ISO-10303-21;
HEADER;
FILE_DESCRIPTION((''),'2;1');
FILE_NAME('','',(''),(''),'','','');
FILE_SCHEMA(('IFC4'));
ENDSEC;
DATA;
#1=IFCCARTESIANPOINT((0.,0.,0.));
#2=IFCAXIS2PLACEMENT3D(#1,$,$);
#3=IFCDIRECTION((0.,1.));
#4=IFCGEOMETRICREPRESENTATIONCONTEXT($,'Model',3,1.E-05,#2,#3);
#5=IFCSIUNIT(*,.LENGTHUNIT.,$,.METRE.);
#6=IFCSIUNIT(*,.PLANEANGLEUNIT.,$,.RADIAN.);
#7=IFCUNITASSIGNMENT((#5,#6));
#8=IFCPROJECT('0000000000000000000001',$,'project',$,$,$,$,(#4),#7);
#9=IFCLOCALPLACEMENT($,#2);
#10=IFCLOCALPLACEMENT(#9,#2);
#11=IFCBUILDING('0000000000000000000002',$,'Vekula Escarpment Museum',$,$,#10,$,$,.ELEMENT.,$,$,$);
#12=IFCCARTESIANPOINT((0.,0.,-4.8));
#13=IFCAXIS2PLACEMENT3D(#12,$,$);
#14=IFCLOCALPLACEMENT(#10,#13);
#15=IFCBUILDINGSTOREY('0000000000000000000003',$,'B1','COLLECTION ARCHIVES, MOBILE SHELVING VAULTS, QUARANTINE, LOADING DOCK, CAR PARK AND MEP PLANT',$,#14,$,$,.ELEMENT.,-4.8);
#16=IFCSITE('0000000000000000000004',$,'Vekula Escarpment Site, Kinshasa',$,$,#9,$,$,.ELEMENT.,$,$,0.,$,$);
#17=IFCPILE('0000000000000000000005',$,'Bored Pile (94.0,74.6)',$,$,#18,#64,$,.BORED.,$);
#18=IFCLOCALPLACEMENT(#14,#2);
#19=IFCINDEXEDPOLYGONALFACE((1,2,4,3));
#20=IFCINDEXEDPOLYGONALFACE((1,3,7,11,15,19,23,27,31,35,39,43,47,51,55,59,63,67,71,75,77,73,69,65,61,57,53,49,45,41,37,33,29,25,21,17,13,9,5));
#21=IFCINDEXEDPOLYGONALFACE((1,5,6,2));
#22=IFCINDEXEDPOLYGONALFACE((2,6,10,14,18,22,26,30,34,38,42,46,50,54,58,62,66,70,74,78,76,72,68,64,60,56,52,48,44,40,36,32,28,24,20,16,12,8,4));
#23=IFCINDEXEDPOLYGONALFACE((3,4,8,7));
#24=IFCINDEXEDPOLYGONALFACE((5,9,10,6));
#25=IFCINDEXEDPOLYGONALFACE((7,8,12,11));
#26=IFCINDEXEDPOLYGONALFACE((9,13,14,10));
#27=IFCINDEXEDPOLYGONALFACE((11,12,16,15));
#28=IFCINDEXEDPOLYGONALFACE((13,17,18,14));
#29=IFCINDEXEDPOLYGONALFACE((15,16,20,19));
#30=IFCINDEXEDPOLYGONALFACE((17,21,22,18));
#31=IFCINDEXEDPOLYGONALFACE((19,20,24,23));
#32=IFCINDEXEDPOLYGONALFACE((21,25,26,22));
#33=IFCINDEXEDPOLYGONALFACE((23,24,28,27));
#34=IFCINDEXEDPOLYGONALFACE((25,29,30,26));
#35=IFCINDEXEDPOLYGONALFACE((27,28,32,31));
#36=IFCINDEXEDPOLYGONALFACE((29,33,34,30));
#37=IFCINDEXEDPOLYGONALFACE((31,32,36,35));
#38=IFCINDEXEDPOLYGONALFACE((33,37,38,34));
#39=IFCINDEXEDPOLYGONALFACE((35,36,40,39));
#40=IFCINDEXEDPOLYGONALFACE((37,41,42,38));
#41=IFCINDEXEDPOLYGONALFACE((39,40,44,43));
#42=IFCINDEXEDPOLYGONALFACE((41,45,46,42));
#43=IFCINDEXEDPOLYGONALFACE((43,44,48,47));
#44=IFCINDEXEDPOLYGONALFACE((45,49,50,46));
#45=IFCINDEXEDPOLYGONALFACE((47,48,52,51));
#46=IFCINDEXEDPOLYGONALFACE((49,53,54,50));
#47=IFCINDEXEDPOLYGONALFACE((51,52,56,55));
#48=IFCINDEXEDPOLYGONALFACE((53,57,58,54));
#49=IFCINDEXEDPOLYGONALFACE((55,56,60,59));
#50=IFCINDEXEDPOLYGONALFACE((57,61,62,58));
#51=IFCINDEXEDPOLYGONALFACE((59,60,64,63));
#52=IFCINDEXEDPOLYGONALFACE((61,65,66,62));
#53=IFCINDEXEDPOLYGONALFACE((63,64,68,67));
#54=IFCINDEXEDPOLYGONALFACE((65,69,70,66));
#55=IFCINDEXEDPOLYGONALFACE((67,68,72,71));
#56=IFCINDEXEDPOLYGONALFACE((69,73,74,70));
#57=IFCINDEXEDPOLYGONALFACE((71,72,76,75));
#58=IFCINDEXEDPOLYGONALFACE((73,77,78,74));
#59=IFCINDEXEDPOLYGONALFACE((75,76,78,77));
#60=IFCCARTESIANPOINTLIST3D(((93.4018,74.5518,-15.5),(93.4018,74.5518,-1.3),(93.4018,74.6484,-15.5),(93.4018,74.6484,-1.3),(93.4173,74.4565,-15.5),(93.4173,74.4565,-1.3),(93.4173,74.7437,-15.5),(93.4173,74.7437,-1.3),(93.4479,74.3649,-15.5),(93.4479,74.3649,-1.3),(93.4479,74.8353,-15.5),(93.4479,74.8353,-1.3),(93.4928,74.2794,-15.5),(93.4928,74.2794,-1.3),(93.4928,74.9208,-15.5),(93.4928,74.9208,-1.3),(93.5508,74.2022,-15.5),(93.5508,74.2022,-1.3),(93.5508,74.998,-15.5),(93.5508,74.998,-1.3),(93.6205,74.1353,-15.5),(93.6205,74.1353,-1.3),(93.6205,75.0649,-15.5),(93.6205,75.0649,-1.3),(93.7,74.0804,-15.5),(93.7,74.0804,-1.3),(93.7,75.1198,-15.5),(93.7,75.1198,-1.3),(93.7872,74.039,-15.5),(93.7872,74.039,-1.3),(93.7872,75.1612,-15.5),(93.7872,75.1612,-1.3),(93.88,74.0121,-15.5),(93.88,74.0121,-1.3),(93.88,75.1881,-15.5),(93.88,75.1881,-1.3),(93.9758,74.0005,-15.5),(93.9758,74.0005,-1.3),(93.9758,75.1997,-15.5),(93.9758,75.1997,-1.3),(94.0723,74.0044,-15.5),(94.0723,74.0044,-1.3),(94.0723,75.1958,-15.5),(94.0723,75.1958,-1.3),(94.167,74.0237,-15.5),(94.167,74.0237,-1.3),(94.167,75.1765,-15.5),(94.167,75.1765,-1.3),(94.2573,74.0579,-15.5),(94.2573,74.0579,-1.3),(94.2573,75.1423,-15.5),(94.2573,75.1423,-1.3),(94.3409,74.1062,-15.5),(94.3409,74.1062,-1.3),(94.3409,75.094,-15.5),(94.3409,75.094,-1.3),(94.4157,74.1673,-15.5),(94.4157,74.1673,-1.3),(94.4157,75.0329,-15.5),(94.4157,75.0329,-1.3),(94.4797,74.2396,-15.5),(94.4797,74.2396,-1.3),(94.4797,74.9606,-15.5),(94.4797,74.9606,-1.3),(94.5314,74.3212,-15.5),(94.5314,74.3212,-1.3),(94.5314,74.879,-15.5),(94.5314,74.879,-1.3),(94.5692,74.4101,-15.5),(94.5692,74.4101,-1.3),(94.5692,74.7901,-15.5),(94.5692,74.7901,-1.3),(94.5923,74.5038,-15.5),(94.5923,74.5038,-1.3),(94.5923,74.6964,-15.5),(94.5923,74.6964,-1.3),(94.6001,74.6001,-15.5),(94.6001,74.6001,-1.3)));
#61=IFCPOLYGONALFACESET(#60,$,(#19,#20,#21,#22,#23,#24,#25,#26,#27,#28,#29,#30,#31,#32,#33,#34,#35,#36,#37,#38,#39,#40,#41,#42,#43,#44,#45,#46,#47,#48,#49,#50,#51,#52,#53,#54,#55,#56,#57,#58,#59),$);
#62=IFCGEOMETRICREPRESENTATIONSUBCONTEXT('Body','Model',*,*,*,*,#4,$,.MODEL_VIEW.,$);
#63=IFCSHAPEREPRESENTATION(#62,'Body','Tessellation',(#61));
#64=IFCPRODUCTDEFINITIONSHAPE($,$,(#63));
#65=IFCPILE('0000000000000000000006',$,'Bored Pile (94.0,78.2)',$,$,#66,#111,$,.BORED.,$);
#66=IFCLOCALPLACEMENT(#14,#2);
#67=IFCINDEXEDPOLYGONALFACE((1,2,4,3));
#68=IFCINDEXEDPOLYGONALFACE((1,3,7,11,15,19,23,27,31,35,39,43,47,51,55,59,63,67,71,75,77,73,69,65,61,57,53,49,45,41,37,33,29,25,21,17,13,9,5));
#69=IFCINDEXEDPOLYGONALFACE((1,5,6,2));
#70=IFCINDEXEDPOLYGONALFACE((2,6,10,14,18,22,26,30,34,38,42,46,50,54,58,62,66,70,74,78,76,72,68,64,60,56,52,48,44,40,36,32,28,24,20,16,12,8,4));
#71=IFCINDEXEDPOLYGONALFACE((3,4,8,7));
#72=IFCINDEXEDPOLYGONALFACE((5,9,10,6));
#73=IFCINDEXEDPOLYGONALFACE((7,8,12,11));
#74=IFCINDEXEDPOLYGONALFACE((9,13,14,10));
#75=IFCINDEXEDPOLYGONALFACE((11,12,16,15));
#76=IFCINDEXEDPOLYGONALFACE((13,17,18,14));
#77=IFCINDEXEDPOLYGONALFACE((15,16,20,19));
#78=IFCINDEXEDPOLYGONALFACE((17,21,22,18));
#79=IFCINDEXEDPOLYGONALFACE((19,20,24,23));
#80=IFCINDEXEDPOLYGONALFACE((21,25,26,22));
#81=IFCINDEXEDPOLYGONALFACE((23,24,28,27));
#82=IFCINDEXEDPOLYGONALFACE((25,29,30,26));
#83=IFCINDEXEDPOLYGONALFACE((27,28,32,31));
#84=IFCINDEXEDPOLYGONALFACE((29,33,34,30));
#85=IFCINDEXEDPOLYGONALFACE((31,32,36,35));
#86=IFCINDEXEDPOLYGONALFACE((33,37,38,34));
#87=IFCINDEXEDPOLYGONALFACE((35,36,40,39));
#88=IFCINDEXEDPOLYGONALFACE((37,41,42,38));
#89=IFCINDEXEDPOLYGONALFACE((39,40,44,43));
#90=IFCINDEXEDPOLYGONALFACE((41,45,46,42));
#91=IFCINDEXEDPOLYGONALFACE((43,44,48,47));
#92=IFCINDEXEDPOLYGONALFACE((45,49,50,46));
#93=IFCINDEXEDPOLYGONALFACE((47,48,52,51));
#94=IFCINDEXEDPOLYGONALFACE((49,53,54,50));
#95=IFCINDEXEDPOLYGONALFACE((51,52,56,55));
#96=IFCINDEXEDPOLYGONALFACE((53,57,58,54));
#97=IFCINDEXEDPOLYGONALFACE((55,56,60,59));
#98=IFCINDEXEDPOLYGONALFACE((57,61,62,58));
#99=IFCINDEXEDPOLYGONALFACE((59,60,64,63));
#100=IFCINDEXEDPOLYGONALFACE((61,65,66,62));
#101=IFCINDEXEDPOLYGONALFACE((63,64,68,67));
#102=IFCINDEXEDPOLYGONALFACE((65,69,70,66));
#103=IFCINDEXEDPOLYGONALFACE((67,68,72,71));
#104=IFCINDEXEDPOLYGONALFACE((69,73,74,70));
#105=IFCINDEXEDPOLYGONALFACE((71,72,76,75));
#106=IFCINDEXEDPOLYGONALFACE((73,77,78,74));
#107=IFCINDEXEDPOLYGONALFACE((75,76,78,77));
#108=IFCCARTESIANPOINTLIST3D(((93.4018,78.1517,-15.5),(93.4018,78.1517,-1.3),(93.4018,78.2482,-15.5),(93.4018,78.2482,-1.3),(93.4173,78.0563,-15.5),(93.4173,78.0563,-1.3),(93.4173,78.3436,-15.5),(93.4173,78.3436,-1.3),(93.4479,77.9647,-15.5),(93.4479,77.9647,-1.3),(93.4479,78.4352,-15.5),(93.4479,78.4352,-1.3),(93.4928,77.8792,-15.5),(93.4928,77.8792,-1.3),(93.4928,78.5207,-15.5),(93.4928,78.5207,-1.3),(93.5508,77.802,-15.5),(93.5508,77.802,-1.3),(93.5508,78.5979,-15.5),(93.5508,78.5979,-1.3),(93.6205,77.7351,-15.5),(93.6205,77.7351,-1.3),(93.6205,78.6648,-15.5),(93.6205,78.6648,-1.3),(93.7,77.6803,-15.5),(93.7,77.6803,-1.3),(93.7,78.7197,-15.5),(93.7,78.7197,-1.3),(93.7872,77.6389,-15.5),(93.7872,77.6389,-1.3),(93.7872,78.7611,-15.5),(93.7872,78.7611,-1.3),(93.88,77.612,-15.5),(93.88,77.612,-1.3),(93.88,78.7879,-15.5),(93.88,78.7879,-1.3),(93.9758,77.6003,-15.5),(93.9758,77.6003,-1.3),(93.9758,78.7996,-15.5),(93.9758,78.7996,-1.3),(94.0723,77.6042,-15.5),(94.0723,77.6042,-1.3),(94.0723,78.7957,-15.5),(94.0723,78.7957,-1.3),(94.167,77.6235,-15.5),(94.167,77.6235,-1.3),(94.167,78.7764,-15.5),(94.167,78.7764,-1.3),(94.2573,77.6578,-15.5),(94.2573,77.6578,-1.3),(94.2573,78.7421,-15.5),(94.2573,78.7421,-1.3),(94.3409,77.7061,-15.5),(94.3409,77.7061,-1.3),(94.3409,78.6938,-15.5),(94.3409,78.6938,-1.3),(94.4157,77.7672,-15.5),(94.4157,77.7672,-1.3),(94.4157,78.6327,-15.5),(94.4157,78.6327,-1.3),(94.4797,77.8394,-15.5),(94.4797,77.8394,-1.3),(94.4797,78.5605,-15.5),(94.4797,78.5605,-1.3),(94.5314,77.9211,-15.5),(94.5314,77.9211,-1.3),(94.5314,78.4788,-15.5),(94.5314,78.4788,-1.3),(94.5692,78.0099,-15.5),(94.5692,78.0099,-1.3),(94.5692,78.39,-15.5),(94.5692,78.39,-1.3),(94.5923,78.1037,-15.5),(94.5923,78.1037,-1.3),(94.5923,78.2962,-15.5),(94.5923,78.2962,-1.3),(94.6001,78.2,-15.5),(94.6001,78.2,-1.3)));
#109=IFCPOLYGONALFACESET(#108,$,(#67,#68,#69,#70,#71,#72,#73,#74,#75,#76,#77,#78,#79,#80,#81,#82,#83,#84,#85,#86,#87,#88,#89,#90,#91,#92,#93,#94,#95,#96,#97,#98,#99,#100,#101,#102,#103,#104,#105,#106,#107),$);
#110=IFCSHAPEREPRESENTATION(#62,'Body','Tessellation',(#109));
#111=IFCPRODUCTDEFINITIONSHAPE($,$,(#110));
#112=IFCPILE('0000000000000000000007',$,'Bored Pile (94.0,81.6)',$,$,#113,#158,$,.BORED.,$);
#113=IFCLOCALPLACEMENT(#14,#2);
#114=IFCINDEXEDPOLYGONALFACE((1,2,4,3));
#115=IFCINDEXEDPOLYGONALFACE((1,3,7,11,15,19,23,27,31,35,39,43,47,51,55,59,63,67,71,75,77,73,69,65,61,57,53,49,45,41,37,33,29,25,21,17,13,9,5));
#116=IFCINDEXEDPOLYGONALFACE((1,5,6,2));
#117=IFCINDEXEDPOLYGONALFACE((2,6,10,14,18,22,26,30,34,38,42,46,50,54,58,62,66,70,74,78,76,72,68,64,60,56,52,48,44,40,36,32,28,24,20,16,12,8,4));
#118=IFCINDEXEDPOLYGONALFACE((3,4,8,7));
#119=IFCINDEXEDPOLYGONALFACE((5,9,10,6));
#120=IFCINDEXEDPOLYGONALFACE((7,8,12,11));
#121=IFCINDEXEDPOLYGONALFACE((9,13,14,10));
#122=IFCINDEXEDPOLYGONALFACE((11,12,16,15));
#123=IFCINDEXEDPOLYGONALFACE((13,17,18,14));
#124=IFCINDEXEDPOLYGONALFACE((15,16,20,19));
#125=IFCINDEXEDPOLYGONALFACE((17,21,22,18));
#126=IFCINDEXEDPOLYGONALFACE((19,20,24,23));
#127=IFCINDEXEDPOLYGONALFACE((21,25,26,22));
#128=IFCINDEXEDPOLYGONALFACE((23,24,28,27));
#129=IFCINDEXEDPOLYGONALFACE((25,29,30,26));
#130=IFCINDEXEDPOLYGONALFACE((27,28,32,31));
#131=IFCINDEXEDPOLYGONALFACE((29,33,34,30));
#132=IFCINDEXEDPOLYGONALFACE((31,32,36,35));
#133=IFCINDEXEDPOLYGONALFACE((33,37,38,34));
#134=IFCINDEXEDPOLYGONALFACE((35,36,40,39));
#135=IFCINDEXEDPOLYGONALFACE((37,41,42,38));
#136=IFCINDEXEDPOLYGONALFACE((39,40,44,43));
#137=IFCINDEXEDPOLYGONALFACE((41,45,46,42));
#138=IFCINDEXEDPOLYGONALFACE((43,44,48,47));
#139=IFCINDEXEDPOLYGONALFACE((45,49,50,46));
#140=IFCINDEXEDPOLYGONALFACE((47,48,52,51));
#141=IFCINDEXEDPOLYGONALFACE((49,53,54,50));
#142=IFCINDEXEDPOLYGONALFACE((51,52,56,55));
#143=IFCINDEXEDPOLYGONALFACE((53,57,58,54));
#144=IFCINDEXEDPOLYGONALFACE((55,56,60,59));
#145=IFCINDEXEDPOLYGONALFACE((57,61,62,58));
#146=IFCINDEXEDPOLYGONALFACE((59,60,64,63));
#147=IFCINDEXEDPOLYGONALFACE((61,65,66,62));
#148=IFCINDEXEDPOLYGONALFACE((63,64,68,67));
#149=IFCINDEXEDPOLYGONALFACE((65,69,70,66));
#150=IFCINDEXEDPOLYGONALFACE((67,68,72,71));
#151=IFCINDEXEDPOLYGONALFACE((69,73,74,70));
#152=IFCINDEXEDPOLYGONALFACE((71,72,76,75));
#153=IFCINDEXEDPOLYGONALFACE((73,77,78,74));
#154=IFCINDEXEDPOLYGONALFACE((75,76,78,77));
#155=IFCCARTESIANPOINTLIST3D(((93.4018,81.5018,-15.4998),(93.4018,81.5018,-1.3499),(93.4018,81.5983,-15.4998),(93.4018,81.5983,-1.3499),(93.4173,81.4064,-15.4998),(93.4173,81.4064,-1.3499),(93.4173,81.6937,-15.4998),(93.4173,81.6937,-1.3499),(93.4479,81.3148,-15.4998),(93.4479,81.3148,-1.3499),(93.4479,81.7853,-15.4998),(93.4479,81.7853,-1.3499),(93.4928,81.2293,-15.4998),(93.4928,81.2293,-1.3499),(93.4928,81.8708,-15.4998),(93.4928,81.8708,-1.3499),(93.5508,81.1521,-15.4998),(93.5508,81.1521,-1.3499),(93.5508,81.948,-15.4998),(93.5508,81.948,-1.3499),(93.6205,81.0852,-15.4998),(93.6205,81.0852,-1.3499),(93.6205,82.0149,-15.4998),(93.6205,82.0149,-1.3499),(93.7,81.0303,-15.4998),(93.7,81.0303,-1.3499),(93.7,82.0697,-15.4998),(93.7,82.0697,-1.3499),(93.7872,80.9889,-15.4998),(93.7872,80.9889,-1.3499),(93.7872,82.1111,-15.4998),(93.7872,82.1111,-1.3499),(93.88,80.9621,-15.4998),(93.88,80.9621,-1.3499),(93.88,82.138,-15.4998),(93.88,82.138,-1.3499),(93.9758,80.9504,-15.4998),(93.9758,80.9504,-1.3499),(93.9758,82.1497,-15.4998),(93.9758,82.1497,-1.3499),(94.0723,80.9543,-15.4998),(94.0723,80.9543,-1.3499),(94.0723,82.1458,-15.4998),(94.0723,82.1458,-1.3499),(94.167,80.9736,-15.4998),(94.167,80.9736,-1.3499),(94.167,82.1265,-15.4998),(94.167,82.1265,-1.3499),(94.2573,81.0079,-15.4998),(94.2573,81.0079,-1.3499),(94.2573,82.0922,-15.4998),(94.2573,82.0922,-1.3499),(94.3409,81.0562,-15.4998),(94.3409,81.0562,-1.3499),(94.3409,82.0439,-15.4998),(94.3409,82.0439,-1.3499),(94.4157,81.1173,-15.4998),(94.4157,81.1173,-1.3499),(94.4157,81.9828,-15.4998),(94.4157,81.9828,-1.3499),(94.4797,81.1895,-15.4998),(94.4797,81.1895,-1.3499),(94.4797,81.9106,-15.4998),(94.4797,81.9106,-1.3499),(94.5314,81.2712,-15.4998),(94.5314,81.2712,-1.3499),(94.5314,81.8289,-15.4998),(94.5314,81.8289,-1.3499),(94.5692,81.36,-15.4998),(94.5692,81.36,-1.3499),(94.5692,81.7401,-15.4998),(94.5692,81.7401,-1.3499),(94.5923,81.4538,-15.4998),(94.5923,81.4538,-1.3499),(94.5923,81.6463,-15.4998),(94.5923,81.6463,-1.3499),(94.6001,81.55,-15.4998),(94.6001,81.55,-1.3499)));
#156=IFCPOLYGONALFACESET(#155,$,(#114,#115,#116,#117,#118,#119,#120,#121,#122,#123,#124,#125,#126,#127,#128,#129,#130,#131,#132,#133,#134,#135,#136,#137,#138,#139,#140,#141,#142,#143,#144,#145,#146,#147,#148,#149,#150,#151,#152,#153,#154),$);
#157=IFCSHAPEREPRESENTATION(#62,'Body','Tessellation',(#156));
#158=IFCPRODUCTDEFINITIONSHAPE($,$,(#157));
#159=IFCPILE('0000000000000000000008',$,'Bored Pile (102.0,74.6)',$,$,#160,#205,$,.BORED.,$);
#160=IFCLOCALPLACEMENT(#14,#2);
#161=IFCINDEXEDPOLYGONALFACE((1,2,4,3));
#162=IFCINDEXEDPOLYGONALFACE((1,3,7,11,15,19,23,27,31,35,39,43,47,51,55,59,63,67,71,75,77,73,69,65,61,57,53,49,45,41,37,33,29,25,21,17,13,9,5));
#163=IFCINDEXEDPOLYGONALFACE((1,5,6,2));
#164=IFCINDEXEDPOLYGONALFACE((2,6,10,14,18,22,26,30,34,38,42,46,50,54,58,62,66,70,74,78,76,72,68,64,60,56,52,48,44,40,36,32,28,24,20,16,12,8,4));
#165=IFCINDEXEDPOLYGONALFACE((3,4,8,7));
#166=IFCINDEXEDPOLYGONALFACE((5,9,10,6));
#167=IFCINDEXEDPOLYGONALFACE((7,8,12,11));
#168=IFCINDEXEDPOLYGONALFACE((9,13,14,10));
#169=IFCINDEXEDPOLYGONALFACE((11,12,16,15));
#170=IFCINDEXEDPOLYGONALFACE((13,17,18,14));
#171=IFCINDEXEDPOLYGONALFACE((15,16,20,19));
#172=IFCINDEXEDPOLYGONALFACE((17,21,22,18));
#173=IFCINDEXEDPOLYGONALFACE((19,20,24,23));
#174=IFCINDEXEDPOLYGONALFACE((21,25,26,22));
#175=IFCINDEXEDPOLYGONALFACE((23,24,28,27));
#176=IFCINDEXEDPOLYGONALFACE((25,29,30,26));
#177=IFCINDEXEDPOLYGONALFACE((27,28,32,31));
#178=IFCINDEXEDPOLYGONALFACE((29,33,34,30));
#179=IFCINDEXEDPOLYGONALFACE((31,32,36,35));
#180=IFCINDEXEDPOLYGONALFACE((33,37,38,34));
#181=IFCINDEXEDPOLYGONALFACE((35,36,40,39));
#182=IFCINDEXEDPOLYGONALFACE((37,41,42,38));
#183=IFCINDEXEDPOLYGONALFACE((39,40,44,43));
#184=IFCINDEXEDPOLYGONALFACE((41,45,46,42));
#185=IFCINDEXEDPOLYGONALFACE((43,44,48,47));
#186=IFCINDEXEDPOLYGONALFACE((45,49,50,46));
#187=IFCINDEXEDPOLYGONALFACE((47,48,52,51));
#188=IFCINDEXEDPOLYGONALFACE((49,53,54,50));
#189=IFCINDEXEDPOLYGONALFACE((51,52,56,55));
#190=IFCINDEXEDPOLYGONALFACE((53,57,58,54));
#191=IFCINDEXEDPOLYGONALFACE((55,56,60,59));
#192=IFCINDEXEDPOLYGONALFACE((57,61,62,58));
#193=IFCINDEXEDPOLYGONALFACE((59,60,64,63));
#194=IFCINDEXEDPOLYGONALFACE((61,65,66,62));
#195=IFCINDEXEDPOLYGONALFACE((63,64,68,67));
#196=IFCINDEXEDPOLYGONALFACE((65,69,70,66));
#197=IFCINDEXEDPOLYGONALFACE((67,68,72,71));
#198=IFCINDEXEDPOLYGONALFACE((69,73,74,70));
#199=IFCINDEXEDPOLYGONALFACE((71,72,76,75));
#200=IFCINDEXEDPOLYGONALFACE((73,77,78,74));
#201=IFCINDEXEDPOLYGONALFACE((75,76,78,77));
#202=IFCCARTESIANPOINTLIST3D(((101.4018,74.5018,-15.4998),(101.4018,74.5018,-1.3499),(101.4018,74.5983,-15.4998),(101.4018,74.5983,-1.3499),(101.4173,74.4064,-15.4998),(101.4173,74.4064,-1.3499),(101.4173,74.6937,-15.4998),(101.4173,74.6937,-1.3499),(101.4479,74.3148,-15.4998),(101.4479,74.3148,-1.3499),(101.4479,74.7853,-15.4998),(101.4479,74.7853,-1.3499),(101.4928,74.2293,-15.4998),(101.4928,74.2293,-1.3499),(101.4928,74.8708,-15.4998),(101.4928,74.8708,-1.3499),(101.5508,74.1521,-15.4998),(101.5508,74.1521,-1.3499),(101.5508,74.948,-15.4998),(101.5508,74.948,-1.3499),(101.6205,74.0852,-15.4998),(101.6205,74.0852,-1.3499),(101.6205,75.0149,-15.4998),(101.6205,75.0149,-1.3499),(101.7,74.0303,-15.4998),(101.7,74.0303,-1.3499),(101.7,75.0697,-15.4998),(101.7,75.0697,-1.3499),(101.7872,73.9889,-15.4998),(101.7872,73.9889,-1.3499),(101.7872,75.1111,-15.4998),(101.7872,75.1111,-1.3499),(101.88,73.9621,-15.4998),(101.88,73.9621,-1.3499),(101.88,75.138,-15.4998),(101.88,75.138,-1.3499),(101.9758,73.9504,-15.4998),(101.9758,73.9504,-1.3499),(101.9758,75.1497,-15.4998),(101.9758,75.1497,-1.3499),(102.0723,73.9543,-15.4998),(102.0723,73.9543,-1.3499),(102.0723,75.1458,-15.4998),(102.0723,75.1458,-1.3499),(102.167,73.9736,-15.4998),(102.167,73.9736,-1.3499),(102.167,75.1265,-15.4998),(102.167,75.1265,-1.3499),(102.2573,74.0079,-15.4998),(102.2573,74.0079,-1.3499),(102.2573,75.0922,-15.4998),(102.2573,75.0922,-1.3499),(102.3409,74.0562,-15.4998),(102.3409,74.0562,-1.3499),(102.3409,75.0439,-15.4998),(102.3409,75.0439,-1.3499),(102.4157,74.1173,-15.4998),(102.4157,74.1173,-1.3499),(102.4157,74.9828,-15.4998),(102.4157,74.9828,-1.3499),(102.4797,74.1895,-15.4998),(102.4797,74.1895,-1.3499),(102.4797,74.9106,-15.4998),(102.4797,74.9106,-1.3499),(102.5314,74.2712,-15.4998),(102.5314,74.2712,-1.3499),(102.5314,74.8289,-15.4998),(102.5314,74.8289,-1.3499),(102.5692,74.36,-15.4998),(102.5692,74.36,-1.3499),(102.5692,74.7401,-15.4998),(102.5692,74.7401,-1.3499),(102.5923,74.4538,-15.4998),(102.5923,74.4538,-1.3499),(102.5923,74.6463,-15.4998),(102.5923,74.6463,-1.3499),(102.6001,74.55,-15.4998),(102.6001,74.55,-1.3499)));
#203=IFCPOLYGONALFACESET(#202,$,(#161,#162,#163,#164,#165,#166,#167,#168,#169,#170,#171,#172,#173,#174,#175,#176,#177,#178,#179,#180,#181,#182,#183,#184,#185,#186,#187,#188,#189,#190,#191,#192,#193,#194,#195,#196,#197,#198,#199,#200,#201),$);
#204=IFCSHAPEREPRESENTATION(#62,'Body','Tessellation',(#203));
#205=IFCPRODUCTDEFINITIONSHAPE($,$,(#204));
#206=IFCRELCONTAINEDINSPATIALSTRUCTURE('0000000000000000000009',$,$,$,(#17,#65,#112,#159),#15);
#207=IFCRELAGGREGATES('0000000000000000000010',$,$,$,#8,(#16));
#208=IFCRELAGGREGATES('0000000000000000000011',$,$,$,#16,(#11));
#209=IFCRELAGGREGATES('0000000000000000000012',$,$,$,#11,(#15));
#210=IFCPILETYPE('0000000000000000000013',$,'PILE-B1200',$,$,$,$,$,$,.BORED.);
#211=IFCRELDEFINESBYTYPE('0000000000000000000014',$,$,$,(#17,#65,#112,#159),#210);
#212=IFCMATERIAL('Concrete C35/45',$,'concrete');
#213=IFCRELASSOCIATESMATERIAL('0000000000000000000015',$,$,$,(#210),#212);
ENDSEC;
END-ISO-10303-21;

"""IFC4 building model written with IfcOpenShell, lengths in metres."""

from ifc_helpers import new_model, si_unit, direction, frame, origin, origin_2d, place, context, subcontext, project, spatial, circle, extrude, material, material_profile, profile_set, type_object, element, save


model = new_model("IFC4")

# Units and contexts
model_context = context("Model", 3, precision=1e-05, world=origin(), true_north=direction((0.0, 1.0)))
body_context = subcontext(model_context, "Body", "Model", "MODEL_VIEW")
ifc_project = project(units=[si_unit("LENGTHUNIT", "METRE"), si_unit("PLANEANGLEUNIT", "RADIAN")], contexts=[model_context])

# Site, building, storey
site_placement = place(None, origin())
site = spatial("IfcSite", under=ifc_project, at=site_placement, Name="Vekula Escarpment Site, Kinshasa", CompositionType="ELEMENT", RefElevation=0.0)
building_placement = place(site_placement, origin())
building = spatial("IfcBuilding", under=site, at=building_placement, Name="Vekula Escarpment Museum", CompositionType="ELEMENT")
storey_placement = place(building_placement, frame((0.0, 0.0, -4.8)))
storey = spatial("IfcBuildingStorey", under=building, at=storey_placement, Name="B1", Description="COLLECTION ARCHIVES, MOBILE SHELVING VAULTS, QUARANTINE, LOADING DOCK, CAR PARK AND MEP PLANT", CompositionType="ELEMENT", Elevation=-4.8)

# Piles
ifc_material_1 = material(Name="Concrete C35/45", Category="concrete")
ifc_material_profile_1 = material_profile(ifc_material_1, circle(Radius=0.6001, at=origin_2d()), Name="BORED PILE 1200")
ifc_profile_set_1 = profile_set([ifc_material_profile_1], Name="Concrete C35/45")
pile_type = type_object("IfcPileType", Name="PILE-B1200", PredefinedType="BORED", material=ifc_profile_set_1)
for number, where, z_axis, x_axis, name in (
    (1, (94.0, 74.6001, -1.3), (0.0, 0.0, -1.0), (1.0, 0.0, 0.0), "Bored Pile (94.0,74.6)"),
    (2, (94.0, 78.2, -1.3), (0.0, 0.0, -1.0), (1.0, 0.0, 0.0), "Bored Pile (94.0,78.2)"),
):
    element("IfcPile", number, at=place(storey_placement, frame(where, z_axis=z_axis, x_axis=x_axis)), inside=storey, type_object=pile_type, Name=name, PredefinedType="BORED", context=body_context, shape_type="SweptSolid", body=[
        extrude(circle(Radius=0.6001, at=origin_2d()), origin(), (0.0, 0.0, 1.0), 14.2),
    ])
for number, where, z_axis, x_axis, name in (
    (3, (94.0, 81.55, -1.3499), (0.0, 0.0, -1.0), (1.0, 0.0, 0.0), "Bored Pile (94.0,81.6)"),
    (4, (102.0, 74.55, -1.3499), (0.0, 0.0, -1.0), (1.0, 0.0, 0.0), "Bored Pile (102.0,74.6)"),
):
    element("IfcPile", number, at=place(storey_placement, frame(where, z_axis=z_axis, x_axis=x_axis)), inside=storey, type_object=pile_type, Name=name, PredefinedType="BORED", context=body_context, shape_type="SweptSolid", body=[
        extrude(circle(Radius=0.6001, at=origin_2d()), origin(), (0.0, 0.0, 1.0), 14.1499),
    ])

save(model, "model.ifc")
